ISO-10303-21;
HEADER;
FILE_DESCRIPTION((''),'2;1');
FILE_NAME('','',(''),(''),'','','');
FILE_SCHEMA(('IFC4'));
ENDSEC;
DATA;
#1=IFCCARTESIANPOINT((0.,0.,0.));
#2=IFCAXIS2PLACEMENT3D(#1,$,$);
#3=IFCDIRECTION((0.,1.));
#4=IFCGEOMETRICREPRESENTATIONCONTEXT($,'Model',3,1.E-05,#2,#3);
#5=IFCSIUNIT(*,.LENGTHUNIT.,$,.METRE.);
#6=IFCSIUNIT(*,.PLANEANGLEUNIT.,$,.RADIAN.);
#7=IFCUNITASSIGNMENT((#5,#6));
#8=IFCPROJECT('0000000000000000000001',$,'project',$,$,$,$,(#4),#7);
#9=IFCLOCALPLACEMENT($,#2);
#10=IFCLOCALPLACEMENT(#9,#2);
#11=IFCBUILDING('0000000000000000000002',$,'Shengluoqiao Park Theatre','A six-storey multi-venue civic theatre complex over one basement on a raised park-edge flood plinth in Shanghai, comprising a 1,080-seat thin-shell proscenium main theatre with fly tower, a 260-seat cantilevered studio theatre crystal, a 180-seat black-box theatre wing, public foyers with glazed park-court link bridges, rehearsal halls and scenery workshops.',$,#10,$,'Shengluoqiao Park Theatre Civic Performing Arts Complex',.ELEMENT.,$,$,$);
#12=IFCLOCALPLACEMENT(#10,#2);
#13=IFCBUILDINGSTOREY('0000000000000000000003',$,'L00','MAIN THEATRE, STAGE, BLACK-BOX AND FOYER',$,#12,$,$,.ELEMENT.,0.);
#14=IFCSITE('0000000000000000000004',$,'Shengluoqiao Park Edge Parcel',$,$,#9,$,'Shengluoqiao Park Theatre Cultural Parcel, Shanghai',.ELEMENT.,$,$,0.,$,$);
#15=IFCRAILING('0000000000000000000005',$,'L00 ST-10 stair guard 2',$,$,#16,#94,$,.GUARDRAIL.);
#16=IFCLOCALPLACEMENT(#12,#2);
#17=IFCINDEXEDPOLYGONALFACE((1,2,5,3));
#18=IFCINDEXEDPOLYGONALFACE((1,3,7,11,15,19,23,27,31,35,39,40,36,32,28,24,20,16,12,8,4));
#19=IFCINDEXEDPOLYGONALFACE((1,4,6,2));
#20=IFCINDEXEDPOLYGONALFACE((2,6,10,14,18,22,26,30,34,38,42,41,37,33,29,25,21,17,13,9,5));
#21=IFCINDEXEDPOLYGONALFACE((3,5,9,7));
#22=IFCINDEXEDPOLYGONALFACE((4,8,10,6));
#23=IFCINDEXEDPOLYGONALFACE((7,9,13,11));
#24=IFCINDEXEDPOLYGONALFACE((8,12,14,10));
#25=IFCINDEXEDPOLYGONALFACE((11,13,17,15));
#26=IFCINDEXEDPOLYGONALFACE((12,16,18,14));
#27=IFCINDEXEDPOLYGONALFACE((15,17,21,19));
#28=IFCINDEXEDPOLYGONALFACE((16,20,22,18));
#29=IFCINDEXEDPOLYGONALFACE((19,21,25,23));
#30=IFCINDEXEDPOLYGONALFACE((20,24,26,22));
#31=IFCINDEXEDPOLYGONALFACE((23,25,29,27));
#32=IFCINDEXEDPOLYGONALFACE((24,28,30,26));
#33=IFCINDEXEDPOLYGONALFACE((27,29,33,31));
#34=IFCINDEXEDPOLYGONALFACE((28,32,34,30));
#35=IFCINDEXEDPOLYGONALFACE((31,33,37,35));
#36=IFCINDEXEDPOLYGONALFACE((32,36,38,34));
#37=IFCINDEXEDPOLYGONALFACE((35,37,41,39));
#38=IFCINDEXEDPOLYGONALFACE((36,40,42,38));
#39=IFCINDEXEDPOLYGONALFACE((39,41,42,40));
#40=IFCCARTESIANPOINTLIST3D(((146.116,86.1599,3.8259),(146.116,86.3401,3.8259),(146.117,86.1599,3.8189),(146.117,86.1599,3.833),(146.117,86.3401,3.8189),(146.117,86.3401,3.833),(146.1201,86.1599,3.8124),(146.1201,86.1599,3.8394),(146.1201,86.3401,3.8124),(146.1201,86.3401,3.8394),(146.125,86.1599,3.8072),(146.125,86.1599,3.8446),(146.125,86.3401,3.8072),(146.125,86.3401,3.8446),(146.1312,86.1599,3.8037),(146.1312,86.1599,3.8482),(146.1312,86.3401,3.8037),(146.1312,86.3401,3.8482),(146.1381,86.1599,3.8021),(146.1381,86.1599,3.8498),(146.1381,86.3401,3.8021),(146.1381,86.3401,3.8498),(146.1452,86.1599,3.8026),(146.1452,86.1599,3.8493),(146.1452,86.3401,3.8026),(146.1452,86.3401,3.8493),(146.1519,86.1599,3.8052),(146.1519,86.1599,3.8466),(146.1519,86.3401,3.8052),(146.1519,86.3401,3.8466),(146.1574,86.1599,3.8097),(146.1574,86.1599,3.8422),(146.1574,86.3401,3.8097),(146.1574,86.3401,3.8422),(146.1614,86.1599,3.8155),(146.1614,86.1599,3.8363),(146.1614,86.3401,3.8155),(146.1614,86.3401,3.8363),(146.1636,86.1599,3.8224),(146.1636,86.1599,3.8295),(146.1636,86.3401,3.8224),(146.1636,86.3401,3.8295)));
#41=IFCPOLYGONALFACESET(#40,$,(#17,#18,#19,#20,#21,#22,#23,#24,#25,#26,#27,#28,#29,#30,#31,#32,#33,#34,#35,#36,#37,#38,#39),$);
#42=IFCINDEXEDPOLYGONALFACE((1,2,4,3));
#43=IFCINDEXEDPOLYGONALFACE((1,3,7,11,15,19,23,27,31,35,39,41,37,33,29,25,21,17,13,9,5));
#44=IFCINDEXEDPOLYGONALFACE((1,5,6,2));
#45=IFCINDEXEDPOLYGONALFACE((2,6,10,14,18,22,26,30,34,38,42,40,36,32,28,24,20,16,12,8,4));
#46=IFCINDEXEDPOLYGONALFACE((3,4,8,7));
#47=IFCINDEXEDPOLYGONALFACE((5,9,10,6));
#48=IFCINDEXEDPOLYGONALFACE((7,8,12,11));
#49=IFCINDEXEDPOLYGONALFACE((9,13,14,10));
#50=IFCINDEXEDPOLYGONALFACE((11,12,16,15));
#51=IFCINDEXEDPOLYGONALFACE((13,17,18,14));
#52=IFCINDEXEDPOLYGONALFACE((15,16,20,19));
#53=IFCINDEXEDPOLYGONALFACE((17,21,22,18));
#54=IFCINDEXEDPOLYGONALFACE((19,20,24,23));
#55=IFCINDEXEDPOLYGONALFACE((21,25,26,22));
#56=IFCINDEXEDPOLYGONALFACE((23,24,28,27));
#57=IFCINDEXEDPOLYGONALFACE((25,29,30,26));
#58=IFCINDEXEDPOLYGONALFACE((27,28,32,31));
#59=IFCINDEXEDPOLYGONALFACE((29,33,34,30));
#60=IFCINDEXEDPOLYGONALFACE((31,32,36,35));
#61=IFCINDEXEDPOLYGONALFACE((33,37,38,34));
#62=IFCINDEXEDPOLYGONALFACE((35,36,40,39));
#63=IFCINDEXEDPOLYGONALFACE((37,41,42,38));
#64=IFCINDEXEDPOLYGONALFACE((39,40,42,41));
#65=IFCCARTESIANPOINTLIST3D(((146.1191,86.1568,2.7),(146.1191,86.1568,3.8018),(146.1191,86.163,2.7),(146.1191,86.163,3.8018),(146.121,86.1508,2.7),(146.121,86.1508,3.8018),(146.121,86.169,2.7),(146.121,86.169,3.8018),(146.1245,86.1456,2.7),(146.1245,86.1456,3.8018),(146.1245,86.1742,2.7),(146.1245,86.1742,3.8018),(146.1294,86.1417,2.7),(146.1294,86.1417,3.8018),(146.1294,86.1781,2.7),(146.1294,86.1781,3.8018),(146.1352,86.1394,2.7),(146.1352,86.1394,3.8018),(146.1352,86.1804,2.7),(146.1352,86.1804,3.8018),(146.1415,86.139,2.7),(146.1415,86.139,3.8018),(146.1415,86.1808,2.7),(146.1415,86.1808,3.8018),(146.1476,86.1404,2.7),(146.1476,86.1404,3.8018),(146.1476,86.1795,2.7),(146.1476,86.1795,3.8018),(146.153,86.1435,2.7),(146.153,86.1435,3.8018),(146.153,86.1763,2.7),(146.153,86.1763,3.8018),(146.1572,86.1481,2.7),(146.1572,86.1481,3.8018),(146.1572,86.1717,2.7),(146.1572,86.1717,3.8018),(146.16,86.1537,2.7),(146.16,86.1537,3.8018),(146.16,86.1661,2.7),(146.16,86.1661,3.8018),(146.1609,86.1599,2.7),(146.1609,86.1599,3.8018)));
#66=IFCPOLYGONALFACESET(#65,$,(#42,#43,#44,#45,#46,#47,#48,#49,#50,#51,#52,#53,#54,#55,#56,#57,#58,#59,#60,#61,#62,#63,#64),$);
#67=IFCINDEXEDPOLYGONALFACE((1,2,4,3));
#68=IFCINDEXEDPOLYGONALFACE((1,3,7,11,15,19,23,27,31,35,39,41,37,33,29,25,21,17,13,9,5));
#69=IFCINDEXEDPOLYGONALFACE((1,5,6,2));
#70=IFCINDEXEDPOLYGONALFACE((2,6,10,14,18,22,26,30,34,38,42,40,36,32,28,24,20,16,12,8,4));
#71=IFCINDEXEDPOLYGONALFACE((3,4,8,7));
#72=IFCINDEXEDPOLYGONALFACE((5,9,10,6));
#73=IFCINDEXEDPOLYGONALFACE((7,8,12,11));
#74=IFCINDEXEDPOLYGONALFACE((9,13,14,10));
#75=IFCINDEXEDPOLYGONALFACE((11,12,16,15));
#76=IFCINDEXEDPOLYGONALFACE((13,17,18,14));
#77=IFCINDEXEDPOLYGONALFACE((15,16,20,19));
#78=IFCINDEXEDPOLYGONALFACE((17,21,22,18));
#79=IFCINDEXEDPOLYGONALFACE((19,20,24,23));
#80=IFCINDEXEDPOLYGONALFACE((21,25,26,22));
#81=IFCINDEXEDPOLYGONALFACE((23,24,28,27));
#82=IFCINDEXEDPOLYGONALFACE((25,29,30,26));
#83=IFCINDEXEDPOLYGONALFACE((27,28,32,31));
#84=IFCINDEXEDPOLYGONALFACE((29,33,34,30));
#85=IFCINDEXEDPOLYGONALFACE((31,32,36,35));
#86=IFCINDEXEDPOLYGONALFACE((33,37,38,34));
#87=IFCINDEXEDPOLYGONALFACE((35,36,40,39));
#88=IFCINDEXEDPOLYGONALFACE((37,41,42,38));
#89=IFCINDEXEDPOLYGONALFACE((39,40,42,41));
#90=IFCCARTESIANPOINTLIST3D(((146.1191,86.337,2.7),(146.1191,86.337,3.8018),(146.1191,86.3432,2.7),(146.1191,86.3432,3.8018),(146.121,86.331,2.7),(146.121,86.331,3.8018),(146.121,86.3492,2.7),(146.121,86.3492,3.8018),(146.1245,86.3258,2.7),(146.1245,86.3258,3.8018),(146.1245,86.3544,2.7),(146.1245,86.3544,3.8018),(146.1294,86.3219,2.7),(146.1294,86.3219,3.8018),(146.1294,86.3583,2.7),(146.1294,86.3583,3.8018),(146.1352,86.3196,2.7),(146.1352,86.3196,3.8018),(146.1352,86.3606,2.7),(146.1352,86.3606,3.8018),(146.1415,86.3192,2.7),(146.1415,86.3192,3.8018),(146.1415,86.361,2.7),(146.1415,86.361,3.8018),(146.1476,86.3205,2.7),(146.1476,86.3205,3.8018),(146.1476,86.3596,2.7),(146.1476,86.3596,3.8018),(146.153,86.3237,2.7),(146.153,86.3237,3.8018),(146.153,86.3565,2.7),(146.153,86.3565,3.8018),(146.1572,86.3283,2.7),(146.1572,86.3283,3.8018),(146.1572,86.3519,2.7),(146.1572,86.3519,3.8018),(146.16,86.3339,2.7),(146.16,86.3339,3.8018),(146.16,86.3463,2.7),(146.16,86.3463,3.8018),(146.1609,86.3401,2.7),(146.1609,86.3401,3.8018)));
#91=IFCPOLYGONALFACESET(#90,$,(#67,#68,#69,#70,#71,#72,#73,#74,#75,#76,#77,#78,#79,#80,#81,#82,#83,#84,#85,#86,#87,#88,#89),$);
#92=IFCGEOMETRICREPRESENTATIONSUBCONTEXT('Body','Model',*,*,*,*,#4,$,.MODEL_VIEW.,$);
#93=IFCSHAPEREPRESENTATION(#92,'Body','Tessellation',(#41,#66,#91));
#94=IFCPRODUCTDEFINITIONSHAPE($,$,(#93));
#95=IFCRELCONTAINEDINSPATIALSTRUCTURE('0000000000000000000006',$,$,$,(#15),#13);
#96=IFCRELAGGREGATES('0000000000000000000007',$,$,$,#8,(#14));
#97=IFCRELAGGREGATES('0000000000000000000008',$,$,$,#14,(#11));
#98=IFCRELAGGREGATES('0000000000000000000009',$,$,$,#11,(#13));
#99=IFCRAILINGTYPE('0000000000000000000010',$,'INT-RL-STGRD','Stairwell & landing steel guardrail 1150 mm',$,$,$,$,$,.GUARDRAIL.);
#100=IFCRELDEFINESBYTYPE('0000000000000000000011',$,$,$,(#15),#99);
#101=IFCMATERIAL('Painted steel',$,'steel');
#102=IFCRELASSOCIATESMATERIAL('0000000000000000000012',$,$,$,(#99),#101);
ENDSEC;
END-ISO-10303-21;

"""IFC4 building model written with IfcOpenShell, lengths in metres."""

from ifc_helpers import new_model, si_unit, direction, frame, origin, origin_2d, place, context, subcontext, project, spatial, circle, extrude, material, type_object, element, save


model = new_model("IFC4")

# Units and contexts
model_context = context("Model", 3, precision=1e-05, world=origin(), true_north=direction((0.0, 1.0)))
body_context = subcontext(model_context, "Body", "Model", "MODEL_VIEW")
ifc_project = project(units=[si_unit("LENGTHUNIT", "METRE"), si_unit("PLANEANGLEUNIT", "RADIAN")], contexts=[model_context])

# Site, building, storey
site_placement = place(None, origin())
site = spatial("IfcSite", under=ifc_project, at=site_placement, Name="Shengluoqiao Park Edge Parcel", LongName="Shengluoqiao Park Theatre Cultural Parcel, Shanghai", CompositionType="ELEMENT", RefElevation=0.0)
building_placement = place(site_placement, origin())
building = spatial("IfcBuilding", under=site, at=building_placement, Name="Shengluoqiao Park Theatre", Description="A six-storey multi-venue civic theatre complex over one basement on a raised park-edge flood plinth in Shanghai, comprising a 1,080-seat thin-shell proscenium main theatre with fly tower, a 260-seat cantilevered studio theatre crystal, a 180-seat black-box theatre wing, public foyers with glazed park-court link bridges, rehearsal halls and scenery workshops.", LongName="Shengluoqiao Park Theatre Civic Performing Arts Complex", CompositionType="ELEMENT")
storey_placement = place(building_placement, origin())
storey = spatial("IfcBuildingStorey", under=building, at=storey_placement, Name="L00", Description="MAIN THEATRE, STAGE, BLACK-BOX AND FOYER", CompositionType="ELEMENT", Elevation=0.0)

# Railing
ifc_material_1 = material(Name="Painted steel", Category="steel")
railing_type_1 = type_object("IfcRailingType", Name="INT-RL-STGRD", Description="Stairwell & landing steel guardrail 1150 mm", PredefinedType="GUARDRAIL", material=ifc_material_1)
railing_1_placement = place(storey_placement, frame((146.1399, 86.1599, 2.7)))
element("IfcRailing", 1, at=railing_1_placement, inside=storey, type_object=railing_type_1, Name="L00 ST-10 stair guard 2", PredefinedType="GUARDRAIL", context=body_context, shape_type="SweptSolid", body=[
    extrude(circle(Radius=0.0239, at=origin_2d()), frame((0.0, 0.0, 1.126), z_axis=(0.0, 1.0, 0.0), x_axis=(-1.0, 0.0, 0.0)), (0.0, 0.0, 1.0), 0.1802),
    extrude(circle(Radius=0.021, at=origin_2d()), origin(), (0.0, 0.0, 1.0), 1.1018),
    extrude(circle(Radius=0.021, at=origin_2d()), frame((0.0, 0.1802, 0.0)), (0.0, 0.0, 1.0), 1.1018),
])

save(model, "model.ifc")
